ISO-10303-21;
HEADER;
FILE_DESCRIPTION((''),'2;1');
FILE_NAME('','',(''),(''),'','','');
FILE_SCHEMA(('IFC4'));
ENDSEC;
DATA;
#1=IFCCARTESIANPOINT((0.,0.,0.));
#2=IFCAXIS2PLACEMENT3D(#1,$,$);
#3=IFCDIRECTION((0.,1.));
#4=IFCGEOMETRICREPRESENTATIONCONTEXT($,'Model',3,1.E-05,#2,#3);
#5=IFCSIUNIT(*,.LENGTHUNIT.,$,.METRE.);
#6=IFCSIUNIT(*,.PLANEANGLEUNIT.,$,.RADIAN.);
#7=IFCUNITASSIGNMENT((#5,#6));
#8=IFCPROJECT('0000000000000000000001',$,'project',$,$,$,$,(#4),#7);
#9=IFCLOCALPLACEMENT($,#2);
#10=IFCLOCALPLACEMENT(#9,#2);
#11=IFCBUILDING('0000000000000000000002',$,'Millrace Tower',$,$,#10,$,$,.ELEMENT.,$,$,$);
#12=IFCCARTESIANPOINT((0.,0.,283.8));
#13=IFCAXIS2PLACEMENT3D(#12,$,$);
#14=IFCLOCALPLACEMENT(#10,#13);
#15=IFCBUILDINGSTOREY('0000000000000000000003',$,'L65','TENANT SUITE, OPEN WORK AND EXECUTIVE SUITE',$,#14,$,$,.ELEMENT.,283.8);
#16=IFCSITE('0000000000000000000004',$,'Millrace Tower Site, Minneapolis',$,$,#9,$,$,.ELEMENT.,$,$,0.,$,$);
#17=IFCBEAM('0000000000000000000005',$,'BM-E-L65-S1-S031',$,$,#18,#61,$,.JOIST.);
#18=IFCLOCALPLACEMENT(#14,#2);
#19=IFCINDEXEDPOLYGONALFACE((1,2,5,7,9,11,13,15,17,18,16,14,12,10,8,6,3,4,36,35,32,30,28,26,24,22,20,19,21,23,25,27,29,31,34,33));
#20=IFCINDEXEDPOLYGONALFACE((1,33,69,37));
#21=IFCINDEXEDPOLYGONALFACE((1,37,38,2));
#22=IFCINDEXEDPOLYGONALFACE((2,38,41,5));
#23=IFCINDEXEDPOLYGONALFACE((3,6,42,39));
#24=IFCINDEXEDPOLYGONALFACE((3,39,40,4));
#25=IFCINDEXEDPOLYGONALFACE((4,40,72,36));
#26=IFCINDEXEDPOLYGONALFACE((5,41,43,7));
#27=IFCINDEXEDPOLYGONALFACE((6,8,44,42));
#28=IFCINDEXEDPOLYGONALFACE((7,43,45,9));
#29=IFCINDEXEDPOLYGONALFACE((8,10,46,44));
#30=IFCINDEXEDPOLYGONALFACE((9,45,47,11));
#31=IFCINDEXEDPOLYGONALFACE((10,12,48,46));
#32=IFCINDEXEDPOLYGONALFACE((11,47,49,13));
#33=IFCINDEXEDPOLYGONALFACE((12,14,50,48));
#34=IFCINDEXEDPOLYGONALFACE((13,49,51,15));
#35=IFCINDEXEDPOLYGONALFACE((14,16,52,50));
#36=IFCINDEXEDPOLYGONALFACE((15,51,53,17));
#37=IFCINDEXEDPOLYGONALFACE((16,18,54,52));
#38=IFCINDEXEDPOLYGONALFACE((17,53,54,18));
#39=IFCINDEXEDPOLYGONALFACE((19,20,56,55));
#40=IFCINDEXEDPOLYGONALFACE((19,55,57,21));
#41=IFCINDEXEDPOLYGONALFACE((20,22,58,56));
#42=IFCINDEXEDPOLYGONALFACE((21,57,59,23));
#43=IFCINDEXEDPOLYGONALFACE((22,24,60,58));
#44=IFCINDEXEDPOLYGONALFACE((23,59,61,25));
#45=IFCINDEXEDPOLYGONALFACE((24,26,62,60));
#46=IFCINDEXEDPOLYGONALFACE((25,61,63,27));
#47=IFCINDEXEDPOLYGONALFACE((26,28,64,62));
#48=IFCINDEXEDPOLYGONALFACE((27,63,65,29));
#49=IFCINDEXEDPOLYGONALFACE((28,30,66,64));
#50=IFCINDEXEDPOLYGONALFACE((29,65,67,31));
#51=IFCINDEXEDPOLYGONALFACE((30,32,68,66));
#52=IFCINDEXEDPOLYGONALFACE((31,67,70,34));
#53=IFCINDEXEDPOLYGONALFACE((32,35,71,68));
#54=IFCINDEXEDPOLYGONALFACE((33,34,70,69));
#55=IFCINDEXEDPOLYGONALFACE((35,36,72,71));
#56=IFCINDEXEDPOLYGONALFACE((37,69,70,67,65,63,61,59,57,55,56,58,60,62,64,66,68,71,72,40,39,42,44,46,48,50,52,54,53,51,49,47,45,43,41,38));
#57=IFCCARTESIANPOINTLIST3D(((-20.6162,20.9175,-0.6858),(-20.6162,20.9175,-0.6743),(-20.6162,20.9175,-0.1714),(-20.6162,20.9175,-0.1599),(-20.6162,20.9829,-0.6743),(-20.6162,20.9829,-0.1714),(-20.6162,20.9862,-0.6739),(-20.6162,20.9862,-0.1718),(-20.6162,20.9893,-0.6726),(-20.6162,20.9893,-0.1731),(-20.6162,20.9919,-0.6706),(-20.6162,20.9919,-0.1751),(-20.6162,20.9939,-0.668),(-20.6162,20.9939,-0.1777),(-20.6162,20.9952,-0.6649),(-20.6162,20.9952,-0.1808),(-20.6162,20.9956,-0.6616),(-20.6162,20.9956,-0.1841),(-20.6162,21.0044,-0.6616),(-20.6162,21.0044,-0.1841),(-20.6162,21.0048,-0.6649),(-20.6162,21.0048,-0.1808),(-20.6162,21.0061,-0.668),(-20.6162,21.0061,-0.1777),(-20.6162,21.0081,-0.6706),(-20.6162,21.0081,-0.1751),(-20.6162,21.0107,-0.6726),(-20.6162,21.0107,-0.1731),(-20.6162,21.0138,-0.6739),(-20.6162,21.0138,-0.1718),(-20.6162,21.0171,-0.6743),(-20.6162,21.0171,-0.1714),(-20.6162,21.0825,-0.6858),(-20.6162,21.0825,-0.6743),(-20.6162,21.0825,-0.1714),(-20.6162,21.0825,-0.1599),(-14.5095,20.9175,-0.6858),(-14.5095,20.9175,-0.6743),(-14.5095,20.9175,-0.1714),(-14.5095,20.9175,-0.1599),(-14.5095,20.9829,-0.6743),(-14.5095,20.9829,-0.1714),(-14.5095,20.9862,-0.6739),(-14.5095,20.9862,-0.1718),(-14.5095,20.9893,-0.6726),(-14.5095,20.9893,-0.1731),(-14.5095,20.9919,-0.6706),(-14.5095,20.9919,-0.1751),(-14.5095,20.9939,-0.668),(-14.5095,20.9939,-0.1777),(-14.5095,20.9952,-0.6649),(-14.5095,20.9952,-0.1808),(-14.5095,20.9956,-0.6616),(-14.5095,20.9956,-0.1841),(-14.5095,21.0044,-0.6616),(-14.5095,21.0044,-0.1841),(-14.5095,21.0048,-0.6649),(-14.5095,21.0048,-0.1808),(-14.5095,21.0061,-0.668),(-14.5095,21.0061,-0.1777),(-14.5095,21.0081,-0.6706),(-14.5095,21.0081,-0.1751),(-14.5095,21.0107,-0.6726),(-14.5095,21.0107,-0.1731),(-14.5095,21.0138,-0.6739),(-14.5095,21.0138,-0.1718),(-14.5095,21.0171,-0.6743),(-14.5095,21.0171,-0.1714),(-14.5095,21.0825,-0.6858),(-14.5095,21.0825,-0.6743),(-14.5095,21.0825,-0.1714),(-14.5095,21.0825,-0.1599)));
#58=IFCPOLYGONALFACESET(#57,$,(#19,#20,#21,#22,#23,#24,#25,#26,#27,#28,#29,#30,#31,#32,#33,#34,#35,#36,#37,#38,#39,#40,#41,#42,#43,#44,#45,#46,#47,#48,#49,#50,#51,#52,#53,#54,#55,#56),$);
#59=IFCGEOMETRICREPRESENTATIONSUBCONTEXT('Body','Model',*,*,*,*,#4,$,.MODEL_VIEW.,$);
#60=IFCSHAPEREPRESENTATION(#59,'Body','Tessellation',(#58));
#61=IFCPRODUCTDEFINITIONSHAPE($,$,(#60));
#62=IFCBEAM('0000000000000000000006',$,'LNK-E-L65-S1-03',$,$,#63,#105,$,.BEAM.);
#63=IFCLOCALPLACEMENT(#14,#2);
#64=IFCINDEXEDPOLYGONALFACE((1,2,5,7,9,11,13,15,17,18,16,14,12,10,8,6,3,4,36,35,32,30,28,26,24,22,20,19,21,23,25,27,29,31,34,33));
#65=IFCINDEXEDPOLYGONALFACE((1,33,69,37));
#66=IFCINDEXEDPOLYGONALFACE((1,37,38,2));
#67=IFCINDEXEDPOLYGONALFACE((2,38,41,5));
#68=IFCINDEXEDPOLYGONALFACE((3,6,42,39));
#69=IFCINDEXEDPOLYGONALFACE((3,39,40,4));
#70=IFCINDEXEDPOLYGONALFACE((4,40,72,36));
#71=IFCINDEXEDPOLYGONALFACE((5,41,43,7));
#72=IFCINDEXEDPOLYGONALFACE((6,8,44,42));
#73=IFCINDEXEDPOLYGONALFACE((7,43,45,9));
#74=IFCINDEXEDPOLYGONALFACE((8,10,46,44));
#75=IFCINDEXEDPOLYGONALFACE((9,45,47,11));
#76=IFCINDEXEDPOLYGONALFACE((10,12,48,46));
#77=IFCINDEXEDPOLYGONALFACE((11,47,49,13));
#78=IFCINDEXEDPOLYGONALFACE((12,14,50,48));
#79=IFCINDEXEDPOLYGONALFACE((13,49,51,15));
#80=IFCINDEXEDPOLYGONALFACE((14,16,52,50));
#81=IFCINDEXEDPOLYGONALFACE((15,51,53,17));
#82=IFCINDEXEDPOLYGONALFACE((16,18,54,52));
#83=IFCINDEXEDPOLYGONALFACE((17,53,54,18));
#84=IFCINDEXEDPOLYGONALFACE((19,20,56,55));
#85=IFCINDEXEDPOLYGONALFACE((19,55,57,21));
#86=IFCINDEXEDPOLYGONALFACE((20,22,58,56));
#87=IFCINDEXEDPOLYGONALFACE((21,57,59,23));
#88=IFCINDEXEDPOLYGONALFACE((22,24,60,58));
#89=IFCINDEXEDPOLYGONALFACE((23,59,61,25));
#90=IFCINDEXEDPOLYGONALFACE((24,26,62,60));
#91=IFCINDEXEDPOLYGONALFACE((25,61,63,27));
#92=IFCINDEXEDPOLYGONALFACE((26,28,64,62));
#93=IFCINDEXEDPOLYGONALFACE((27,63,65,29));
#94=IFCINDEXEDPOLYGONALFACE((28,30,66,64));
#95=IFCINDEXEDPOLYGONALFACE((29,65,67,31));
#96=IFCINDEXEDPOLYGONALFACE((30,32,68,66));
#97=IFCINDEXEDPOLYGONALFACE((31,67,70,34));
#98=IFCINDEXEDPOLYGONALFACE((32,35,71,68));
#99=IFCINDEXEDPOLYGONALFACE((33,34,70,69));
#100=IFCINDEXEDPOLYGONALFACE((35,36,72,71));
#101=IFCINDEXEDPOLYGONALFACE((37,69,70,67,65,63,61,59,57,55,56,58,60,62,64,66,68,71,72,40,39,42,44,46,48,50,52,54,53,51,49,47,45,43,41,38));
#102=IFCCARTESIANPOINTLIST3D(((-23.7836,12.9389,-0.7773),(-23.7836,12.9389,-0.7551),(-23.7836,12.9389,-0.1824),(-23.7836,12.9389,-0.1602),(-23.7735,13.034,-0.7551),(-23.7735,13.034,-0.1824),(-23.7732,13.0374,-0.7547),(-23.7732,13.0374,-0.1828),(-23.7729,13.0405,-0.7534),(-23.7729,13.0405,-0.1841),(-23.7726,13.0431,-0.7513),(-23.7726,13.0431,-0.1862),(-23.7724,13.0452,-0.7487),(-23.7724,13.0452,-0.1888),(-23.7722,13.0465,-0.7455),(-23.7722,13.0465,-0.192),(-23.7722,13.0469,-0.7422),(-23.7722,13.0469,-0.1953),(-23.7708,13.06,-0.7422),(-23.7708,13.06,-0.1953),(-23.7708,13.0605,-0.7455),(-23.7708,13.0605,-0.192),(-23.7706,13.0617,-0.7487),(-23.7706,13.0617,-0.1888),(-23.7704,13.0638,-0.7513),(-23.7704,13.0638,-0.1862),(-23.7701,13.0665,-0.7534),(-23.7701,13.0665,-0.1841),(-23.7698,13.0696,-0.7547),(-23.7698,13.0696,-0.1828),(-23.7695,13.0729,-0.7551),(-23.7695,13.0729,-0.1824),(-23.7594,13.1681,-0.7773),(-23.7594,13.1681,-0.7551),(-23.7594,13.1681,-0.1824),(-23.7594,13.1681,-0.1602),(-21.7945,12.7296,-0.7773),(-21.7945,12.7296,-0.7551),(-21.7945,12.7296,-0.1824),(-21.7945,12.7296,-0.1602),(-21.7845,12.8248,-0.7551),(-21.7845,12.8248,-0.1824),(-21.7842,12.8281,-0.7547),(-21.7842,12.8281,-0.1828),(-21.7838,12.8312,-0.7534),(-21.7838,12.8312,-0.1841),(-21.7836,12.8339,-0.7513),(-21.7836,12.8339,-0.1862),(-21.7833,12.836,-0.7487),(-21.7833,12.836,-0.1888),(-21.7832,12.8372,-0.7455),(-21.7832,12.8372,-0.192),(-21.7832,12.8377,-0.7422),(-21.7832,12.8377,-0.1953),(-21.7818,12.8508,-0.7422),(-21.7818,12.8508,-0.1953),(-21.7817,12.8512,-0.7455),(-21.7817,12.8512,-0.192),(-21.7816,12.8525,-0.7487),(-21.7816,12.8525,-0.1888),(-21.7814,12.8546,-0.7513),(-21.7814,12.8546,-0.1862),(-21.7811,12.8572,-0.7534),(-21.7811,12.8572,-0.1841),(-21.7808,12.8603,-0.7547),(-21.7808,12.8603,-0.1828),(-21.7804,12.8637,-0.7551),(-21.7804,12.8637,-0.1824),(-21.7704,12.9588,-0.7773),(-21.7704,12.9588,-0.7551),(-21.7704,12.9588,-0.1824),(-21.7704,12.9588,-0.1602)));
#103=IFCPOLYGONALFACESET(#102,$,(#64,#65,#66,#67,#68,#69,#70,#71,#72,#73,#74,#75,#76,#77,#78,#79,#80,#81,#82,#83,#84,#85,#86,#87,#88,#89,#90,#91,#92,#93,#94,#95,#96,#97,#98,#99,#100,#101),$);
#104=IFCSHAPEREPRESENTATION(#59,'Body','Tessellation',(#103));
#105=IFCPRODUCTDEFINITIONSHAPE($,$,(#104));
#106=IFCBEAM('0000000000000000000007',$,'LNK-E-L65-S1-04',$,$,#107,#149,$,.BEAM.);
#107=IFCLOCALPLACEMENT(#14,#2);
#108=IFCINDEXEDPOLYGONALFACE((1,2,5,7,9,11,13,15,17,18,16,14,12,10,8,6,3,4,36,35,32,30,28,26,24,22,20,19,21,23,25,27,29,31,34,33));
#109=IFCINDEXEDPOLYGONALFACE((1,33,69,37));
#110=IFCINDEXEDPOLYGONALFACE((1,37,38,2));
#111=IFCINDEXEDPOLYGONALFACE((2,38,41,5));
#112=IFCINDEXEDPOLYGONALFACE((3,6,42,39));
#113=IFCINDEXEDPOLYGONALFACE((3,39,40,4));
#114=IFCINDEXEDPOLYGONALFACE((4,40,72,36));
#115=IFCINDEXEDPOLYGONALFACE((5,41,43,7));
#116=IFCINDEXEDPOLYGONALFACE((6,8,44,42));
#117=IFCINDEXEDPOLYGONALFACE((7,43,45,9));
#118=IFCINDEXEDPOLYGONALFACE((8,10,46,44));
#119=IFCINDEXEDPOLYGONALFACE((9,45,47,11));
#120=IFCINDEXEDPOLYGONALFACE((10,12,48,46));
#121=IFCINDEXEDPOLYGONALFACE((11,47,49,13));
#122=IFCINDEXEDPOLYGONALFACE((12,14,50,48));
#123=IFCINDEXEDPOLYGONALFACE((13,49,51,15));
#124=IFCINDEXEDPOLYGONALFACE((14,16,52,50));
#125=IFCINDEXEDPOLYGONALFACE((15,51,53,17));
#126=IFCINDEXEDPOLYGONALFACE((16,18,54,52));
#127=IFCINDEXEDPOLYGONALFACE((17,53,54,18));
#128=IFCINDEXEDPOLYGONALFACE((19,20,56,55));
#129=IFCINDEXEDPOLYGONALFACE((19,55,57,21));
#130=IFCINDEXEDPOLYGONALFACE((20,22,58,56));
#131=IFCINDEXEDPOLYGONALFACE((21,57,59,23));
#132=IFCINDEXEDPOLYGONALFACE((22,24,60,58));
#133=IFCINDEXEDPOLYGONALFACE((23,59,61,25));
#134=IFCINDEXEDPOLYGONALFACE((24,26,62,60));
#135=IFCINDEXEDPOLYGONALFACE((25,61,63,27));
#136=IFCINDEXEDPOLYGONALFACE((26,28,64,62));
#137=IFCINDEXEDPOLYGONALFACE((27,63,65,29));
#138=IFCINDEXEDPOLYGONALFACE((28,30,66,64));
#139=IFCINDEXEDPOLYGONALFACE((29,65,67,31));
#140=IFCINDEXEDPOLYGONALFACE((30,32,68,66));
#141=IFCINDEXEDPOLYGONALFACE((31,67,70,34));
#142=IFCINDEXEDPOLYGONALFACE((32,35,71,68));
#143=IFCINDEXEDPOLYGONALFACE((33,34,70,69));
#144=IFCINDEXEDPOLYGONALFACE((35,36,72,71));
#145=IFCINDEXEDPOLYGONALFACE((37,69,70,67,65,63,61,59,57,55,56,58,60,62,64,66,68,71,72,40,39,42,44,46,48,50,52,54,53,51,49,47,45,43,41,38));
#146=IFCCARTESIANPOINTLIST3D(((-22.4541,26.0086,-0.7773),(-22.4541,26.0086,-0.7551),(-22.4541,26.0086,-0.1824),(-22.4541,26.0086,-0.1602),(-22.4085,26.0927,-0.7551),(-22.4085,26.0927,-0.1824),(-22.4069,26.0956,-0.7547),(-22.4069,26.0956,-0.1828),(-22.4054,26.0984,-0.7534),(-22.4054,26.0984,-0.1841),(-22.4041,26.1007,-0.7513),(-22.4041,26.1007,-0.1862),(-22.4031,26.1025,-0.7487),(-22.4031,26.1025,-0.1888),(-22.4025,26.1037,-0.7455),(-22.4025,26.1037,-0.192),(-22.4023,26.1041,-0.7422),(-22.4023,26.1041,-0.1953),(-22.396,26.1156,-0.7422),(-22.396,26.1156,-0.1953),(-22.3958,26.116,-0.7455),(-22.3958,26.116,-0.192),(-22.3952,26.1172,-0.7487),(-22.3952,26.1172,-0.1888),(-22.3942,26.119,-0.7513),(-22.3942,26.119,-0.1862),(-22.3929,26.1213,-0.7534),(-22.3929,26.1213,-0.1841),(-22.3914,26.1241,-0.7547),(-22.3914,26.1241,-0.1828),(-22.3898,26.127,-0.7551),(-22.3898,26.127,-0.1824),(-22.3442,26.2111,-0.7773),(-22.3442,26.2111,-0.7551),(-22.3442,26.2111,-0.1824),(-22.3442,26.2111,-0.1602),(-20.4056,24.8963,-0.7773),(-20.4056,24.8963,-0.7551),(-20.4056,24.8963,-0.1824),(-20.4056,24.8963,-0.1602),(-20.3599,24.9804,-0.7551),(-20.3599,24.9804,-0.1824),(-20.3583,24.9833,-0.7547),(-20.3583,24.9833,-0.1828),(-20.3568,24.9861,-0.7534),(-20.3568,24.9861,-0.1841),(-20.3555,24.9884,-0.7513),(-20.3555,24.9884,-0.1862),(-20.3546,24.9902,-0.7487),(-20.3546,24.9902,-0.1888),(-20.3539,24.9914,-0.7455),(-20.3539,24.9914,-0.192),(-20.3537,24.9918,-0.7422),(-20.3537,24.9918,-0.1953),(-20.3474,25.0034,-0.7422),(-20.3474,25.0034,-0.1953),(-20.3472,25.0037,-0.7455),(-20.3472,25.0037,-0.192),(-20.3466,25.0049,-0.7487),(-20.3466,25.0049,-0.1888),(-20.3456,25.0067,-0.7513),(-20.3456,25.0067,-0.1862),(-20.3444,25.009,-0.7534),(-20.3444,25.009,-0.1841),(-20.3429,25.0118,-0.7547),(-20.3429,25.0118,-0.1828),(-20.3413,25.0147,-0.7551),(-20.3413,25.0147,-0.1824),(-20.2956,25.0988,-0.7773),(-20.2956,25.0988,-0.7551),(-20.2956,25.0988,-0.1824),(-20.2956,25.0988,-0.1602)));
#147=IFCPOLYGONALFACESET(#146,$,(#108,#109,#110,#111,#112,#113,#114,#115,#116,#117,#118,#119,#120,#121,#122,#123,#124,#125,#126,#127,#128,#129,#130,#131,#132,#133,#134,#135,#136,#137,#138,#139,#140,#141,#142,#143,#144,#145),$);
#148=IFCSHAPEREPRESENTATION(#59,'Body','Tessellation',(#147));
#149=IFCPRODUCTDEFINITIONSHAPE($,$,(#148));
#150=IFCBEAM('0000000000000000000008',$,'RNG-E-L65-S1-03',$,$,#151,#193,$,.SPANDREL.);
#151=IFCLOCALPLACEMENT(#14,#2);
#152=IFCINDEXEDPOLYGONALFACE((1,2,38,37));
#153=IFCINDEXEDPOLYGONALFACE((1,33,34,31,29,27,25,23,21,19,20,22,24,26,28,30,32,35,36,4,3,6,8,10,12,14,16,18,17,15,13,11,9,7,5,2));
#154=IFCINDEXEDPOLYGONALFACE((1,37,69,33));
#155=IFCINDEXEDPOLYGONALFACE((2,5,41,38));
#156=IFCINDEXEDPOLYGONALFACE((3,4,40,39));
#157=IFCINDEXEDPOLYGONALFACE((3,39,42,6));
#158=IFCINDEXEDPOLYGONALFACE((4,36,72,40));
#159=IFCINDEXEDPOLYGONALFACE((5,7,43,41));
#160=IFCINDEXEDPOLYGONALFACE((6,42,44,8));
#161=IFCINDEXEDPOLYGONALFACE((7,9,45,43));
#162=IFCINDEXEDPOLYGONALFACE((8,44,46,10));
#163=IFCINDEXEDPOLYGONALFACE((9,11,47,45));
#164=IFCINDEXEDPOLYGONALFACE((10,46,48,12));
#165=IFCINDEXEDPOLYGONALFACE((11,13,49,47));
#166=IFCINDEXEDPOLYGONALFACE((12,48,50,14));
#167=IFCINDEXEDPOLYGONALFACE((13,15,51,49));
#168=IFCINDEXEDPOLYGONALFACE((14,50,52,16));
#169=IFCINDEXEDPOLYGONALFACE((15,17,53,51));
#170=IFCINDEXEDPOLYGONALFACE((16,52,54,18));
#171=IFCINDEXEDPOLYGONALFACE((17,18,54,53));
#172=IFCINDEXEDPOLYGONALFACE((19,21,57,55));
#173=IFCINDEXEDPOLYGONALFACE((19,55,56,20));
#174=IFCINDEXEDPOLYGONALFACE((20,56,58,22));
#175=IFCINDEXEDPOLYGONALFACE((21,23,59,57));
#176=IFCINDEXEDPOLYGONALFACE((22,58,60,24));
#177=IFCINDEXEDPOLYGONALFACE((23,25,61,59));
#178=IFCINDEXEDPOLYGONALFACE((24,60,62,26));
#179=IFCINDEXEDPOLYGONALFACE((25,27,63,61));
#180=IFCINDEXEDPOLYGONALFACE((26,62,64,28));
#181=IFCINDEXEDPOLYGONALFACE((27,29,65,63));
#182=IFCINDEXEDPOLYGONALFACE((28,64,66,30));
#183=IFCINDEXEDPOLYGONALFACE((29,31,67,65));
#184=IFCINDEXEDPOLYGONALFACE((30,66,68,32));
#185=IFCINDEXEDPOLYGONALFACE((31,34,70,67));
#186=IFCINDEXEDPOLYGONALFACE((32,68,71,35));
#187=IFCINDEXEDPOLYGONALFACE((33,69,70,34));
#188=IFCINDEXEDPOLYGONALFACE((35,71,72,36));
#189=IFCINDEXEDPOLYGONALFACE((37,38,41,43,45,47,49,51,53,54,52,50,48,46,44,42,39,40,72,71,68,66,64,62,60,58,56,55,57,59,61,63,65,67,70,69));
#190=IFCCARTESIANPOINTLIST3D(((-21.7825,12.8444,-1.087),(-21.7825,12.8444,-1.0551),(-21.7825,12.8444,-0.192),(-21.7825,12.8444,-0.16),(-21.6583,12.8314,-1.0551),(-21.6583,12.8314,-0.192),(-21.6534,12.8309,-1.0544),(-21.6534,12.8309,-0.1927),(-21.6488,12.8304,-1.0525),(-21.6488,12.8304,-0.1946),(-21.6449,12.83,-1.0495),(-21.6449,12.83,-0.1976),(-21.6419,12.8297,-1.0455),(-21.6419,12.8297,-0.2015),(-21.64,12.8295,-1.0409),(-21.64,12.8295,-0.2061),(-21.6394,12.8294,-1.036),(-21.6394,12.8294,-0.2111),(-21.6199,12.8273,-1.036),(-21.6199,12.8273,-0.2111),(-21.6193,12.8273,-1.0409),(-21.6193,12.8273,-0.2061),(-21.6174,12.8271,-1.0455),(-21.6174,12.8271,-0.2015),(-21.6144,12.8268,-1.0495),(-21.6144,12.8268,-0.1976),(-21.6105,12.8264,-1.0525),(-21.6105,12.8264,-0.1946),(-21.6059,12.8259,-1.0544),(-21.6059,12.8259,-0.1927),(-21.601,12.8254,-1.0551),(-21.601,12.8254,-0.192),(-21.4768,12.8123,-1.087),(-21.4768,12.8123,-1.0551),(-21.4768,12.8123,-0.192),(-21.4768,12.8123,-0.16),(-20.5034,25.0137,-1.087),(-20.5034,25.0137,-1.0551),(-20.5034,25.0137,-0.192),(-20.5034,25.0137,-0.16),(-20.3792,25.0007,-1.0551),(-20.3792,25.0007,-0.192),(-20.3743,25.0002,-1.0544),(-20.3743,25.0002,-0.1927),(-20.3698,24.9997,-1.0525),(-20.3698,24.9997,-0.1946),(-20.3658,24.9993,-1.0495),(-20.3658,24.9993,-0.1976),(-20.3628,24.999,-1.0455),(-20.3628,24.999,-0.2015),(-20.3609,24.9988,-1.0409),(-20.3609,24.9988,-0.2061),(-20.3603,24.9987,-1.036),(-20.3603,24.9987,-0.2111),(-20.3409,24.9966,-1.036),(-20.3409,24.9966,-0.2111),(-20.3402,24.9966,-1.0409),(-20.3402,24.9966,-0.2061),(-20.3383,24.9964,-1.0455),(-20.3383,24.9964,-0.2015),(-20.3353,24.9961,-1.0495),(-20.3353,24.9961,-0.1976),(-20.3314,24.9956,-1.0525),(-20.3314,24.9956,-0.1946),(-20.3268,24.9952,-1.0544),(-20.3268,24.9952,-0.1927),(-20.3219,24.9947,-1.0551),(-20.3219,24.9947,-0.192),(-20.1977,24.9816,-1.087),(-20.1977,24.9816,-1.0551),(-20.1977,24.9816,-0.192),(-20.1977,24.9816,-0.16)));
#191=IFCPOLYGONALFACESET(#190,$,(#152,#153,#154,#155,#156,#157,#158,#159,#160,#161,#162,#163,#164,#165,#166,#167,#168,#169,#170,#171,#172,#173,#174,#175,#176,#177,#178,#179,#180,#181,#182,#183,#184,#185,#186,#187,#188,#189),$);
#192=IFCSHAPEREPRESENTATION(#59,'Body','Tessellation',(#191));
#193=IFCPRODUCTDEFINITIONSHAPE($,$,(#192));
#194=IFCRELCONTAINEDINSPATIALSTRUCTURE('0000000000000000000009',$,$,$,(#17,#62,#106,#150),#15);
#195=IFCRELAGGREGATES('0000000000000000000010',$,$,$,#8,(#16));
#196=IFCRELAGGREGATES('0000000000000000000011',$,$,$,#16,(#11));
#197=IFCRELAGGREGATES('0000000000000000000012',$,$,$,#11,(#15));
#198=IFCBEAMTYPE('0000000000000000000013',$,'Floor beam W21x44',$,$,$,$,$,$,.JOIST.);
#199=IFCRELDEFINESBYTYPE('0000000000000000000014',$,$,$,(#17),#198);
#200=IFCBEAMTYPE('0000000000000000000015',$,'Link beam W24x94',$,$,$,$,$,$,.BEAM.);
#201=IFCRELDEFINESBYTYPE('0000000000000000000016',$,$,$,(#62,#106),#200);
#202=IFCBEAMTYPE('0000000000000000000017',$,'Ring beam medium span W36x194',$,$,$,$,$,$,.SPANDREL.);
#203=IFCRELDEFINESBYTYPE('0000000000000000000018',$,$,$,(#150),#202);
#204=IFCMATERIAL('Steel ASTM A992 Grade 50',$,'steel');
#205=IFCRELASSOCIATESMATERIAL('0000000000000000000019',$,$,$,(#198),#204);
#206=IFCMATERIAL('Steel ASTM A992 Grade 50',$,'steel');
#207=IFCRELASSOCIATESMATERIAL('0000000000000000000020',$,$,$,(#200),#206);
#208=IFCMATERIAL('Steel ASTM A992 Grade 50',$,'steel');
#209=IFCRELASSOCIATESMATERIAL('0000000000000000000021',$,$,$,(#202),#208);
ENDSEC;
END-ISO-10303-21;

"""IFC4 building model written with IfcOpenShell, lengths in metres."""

from ifc_helpers import new_model, si_unit, direction, frame, origin, origin_2d, place, context, subcontext, project, spatial, i_section, extrude, material, material_profile, profile_set, type_object, element, save


model = new_model("IFC4")

# Units and contexts
model_context = context("Model", 3, precision=1e-05, world=origin(), true_north=direction((0.0, 1.0)))
body_context = subcontext(model_context, "Body", "Model", "MODEL_VIEW")
ifc_project = project(units=[si_unit("LENGTHUNIT", "METRE"), si_unit("PLANEANGLEUNIT", "RADIAN")], contexts=[model_context])

# Site, building, storey
site_placement = place(None, origin())
site = spatial("IfcSite", under=ifc_project, at=site_placement, Name="Millrace Tower Site, Minneapolis", CompositionType="ELEMENT", RefElevation=0.0)
building_placement = place(site_placement, origin())
building = spatial("IfcBuilding", under=site, at=building_placement, Name="Millrace Tower", CompositionType="ELEMENT")
storey_placement = place(building_placement, frame((0.0, 0.0, 283.8)))
storey = spatial("IfcBuildingStorey", under=building, at=storey_placement, Name="L65", Description="TENANT SUITE, OPEN WORK AND EXECUTIVE SUITE", CompositionType="ELEMENT", Elevation=283.8)

# Beams
ifc_material_1 = material(Name="Steel ASTM A992 Grade 50", Category="steel")
ifc_material_profile_1 = material_profile(ifc_material_1, i_section(OverallWidth=0.165, OverallDepth=0.5259, WebThickness=0.0088, FlangeThickness=0.0115, FilletRadius=0.0127, at=origin_2d()))
ifc_profile_set_1 = profile_set([ifc_material_profile_1], Name="Steel ASTM A992 Grade 50")
beam_type_1 = type_object("IfcBeamType", Name="Floor beam W21x44", PredefinedType="JOIST", material=ifc_profile_set_1)
beam_1_placement = place(storey_placement, frame((-20.6162, 21.0, -0.4229), z_axis=(1.0, 0.0, 0.0), x_axis=(0.0, 1.0, 0.0)))
element("IfcBeam", 1, at=beam_1_placement, inside=storey, type_object=beam_type_1, Name="BM-E-L65-S1-S031", PredefinedType="JOIST", context=body_context, shape_type="SweptSolid", body=[
    extrude(i_section(OverallWidth=0.165, OverallDepth=0.5259, WebThickness=0.0088, FlangeThickness=0.0115, FilletRadius=0.0127, at=origin_2d()), origin(), (0.0, 0.0, 1.0), 6.1067),
])
ifc_material_2 = material(Name="Steel ASTM A992 Grade 50", Category="steel")
ifc_material_profile_2 = material_profile(ifc_material_2, i_section(OverallWidth=0.2305, OverallDepth=0.6172, WebThickness=0.0132, FlangeThickness=0.0222, FilletRadius=0.0129, at=origin_2d()))
ifc_profile_set_2 = profile_set([ifc_material_profile_2], Name="Steel ASTM A992 Grade 50")
beam_type_2 = type_object("IfcBeamType", Name="Link beam W24x94", PredefinedType="BEAM", material=ifc_profile_set_2)
beam_2_placement = place(storey_placement, frame((-21.7825, 12.8442, -0.4688), z_axis=(-0.994513, 0.104615, 0.0), x_axis=(-0.104615, -0.994513, 0.0)))
element("IfcBeam", 2, at=beam_2_placement, inside=storey, type_object=beam_type_2, Name="LNK-E-L65-S1-03", PredefinedType="BEAM", context=body_context, shape_type="SweptSolid", body=[
    extrude(i_section(OverallWidth=0.2305, OverallDepth=0.6172, WebThickness=0.0132, FlangeThickness=0.0222, FilletRadius=0.0129, at=origin_2d()), origin(), (0.0, 0.0, 1.0), 2.0),
])
beam_3_placement = place(storey_placement, frame((-20.3506, 24.9976, -0.4688), z_axis=(-0.878815, 0.477164, 0.0), x_axis=(-0.477164, -0.878815, 0.0)))
element("IfcBeam", 3, at=beam_3_placement, inside=storey, type_object=beam_type_2, Name="LNK-E-L65-S1-04", PredefinedType="BEAM", context=body_context, shape_type="SweptSolid", body=[
    extrude(i_section(OverallWidth=0.2305, OverallDepth=0.6172, WebThickness=0.0132, FlangeThickness=0.0222, FilletRadius=0.0129, at=origin_2d()), origin(), (0.0, 0.0, 1.0), 2.3311),
])
ifc_material_3 = material(Name="Steel ASTM A992 Grade 50", Category="steel")
ifc_material_profile_3 = material_profile(ifc_material_3, i_section(OverallWidth=0.3074, OverallDepth=0.927, WebThickness=0.0195, FlangeThickness=0.032, FilletRadius=0.019, at=origin_2d()))
ifc_profile_set_3 = profile_set([ifc_material_profile_3], Name="Steel ASTM A992 Grade 50")
beam_type_3 = type_object("IfcBeamType", Name="Ring beam medium span W36x194", PredefinedType="SPANDREL", material=ifc_profile_set_3)
beam_4_placement = place(storey_placement, frame((-21.6296, 12.8284, -0.6235), z_axis=(0.10453, 0.994522, 0.0), x_axis=(-0.994522, 0.10453, 0.0)))
element("IfcBeam", 4, at=beam_4_placement, inside=storey, type_object=beam_type_3, Name="RNG-E-L65-S1-03", PredefinedType="SPANDREL", context=body_context, shape_type="SweptSolid", body=[
    extrude(i_section(OverallWidth=0.3074, OverallDepth=0.927, WebThickness=0.0195, FlangeThickness=0.032, FilletRadius=0.019, at=origin_2d()), origin(), (0.0, 0.0, 1.0), 12.2363),
])

save(model, "model.ifc")
